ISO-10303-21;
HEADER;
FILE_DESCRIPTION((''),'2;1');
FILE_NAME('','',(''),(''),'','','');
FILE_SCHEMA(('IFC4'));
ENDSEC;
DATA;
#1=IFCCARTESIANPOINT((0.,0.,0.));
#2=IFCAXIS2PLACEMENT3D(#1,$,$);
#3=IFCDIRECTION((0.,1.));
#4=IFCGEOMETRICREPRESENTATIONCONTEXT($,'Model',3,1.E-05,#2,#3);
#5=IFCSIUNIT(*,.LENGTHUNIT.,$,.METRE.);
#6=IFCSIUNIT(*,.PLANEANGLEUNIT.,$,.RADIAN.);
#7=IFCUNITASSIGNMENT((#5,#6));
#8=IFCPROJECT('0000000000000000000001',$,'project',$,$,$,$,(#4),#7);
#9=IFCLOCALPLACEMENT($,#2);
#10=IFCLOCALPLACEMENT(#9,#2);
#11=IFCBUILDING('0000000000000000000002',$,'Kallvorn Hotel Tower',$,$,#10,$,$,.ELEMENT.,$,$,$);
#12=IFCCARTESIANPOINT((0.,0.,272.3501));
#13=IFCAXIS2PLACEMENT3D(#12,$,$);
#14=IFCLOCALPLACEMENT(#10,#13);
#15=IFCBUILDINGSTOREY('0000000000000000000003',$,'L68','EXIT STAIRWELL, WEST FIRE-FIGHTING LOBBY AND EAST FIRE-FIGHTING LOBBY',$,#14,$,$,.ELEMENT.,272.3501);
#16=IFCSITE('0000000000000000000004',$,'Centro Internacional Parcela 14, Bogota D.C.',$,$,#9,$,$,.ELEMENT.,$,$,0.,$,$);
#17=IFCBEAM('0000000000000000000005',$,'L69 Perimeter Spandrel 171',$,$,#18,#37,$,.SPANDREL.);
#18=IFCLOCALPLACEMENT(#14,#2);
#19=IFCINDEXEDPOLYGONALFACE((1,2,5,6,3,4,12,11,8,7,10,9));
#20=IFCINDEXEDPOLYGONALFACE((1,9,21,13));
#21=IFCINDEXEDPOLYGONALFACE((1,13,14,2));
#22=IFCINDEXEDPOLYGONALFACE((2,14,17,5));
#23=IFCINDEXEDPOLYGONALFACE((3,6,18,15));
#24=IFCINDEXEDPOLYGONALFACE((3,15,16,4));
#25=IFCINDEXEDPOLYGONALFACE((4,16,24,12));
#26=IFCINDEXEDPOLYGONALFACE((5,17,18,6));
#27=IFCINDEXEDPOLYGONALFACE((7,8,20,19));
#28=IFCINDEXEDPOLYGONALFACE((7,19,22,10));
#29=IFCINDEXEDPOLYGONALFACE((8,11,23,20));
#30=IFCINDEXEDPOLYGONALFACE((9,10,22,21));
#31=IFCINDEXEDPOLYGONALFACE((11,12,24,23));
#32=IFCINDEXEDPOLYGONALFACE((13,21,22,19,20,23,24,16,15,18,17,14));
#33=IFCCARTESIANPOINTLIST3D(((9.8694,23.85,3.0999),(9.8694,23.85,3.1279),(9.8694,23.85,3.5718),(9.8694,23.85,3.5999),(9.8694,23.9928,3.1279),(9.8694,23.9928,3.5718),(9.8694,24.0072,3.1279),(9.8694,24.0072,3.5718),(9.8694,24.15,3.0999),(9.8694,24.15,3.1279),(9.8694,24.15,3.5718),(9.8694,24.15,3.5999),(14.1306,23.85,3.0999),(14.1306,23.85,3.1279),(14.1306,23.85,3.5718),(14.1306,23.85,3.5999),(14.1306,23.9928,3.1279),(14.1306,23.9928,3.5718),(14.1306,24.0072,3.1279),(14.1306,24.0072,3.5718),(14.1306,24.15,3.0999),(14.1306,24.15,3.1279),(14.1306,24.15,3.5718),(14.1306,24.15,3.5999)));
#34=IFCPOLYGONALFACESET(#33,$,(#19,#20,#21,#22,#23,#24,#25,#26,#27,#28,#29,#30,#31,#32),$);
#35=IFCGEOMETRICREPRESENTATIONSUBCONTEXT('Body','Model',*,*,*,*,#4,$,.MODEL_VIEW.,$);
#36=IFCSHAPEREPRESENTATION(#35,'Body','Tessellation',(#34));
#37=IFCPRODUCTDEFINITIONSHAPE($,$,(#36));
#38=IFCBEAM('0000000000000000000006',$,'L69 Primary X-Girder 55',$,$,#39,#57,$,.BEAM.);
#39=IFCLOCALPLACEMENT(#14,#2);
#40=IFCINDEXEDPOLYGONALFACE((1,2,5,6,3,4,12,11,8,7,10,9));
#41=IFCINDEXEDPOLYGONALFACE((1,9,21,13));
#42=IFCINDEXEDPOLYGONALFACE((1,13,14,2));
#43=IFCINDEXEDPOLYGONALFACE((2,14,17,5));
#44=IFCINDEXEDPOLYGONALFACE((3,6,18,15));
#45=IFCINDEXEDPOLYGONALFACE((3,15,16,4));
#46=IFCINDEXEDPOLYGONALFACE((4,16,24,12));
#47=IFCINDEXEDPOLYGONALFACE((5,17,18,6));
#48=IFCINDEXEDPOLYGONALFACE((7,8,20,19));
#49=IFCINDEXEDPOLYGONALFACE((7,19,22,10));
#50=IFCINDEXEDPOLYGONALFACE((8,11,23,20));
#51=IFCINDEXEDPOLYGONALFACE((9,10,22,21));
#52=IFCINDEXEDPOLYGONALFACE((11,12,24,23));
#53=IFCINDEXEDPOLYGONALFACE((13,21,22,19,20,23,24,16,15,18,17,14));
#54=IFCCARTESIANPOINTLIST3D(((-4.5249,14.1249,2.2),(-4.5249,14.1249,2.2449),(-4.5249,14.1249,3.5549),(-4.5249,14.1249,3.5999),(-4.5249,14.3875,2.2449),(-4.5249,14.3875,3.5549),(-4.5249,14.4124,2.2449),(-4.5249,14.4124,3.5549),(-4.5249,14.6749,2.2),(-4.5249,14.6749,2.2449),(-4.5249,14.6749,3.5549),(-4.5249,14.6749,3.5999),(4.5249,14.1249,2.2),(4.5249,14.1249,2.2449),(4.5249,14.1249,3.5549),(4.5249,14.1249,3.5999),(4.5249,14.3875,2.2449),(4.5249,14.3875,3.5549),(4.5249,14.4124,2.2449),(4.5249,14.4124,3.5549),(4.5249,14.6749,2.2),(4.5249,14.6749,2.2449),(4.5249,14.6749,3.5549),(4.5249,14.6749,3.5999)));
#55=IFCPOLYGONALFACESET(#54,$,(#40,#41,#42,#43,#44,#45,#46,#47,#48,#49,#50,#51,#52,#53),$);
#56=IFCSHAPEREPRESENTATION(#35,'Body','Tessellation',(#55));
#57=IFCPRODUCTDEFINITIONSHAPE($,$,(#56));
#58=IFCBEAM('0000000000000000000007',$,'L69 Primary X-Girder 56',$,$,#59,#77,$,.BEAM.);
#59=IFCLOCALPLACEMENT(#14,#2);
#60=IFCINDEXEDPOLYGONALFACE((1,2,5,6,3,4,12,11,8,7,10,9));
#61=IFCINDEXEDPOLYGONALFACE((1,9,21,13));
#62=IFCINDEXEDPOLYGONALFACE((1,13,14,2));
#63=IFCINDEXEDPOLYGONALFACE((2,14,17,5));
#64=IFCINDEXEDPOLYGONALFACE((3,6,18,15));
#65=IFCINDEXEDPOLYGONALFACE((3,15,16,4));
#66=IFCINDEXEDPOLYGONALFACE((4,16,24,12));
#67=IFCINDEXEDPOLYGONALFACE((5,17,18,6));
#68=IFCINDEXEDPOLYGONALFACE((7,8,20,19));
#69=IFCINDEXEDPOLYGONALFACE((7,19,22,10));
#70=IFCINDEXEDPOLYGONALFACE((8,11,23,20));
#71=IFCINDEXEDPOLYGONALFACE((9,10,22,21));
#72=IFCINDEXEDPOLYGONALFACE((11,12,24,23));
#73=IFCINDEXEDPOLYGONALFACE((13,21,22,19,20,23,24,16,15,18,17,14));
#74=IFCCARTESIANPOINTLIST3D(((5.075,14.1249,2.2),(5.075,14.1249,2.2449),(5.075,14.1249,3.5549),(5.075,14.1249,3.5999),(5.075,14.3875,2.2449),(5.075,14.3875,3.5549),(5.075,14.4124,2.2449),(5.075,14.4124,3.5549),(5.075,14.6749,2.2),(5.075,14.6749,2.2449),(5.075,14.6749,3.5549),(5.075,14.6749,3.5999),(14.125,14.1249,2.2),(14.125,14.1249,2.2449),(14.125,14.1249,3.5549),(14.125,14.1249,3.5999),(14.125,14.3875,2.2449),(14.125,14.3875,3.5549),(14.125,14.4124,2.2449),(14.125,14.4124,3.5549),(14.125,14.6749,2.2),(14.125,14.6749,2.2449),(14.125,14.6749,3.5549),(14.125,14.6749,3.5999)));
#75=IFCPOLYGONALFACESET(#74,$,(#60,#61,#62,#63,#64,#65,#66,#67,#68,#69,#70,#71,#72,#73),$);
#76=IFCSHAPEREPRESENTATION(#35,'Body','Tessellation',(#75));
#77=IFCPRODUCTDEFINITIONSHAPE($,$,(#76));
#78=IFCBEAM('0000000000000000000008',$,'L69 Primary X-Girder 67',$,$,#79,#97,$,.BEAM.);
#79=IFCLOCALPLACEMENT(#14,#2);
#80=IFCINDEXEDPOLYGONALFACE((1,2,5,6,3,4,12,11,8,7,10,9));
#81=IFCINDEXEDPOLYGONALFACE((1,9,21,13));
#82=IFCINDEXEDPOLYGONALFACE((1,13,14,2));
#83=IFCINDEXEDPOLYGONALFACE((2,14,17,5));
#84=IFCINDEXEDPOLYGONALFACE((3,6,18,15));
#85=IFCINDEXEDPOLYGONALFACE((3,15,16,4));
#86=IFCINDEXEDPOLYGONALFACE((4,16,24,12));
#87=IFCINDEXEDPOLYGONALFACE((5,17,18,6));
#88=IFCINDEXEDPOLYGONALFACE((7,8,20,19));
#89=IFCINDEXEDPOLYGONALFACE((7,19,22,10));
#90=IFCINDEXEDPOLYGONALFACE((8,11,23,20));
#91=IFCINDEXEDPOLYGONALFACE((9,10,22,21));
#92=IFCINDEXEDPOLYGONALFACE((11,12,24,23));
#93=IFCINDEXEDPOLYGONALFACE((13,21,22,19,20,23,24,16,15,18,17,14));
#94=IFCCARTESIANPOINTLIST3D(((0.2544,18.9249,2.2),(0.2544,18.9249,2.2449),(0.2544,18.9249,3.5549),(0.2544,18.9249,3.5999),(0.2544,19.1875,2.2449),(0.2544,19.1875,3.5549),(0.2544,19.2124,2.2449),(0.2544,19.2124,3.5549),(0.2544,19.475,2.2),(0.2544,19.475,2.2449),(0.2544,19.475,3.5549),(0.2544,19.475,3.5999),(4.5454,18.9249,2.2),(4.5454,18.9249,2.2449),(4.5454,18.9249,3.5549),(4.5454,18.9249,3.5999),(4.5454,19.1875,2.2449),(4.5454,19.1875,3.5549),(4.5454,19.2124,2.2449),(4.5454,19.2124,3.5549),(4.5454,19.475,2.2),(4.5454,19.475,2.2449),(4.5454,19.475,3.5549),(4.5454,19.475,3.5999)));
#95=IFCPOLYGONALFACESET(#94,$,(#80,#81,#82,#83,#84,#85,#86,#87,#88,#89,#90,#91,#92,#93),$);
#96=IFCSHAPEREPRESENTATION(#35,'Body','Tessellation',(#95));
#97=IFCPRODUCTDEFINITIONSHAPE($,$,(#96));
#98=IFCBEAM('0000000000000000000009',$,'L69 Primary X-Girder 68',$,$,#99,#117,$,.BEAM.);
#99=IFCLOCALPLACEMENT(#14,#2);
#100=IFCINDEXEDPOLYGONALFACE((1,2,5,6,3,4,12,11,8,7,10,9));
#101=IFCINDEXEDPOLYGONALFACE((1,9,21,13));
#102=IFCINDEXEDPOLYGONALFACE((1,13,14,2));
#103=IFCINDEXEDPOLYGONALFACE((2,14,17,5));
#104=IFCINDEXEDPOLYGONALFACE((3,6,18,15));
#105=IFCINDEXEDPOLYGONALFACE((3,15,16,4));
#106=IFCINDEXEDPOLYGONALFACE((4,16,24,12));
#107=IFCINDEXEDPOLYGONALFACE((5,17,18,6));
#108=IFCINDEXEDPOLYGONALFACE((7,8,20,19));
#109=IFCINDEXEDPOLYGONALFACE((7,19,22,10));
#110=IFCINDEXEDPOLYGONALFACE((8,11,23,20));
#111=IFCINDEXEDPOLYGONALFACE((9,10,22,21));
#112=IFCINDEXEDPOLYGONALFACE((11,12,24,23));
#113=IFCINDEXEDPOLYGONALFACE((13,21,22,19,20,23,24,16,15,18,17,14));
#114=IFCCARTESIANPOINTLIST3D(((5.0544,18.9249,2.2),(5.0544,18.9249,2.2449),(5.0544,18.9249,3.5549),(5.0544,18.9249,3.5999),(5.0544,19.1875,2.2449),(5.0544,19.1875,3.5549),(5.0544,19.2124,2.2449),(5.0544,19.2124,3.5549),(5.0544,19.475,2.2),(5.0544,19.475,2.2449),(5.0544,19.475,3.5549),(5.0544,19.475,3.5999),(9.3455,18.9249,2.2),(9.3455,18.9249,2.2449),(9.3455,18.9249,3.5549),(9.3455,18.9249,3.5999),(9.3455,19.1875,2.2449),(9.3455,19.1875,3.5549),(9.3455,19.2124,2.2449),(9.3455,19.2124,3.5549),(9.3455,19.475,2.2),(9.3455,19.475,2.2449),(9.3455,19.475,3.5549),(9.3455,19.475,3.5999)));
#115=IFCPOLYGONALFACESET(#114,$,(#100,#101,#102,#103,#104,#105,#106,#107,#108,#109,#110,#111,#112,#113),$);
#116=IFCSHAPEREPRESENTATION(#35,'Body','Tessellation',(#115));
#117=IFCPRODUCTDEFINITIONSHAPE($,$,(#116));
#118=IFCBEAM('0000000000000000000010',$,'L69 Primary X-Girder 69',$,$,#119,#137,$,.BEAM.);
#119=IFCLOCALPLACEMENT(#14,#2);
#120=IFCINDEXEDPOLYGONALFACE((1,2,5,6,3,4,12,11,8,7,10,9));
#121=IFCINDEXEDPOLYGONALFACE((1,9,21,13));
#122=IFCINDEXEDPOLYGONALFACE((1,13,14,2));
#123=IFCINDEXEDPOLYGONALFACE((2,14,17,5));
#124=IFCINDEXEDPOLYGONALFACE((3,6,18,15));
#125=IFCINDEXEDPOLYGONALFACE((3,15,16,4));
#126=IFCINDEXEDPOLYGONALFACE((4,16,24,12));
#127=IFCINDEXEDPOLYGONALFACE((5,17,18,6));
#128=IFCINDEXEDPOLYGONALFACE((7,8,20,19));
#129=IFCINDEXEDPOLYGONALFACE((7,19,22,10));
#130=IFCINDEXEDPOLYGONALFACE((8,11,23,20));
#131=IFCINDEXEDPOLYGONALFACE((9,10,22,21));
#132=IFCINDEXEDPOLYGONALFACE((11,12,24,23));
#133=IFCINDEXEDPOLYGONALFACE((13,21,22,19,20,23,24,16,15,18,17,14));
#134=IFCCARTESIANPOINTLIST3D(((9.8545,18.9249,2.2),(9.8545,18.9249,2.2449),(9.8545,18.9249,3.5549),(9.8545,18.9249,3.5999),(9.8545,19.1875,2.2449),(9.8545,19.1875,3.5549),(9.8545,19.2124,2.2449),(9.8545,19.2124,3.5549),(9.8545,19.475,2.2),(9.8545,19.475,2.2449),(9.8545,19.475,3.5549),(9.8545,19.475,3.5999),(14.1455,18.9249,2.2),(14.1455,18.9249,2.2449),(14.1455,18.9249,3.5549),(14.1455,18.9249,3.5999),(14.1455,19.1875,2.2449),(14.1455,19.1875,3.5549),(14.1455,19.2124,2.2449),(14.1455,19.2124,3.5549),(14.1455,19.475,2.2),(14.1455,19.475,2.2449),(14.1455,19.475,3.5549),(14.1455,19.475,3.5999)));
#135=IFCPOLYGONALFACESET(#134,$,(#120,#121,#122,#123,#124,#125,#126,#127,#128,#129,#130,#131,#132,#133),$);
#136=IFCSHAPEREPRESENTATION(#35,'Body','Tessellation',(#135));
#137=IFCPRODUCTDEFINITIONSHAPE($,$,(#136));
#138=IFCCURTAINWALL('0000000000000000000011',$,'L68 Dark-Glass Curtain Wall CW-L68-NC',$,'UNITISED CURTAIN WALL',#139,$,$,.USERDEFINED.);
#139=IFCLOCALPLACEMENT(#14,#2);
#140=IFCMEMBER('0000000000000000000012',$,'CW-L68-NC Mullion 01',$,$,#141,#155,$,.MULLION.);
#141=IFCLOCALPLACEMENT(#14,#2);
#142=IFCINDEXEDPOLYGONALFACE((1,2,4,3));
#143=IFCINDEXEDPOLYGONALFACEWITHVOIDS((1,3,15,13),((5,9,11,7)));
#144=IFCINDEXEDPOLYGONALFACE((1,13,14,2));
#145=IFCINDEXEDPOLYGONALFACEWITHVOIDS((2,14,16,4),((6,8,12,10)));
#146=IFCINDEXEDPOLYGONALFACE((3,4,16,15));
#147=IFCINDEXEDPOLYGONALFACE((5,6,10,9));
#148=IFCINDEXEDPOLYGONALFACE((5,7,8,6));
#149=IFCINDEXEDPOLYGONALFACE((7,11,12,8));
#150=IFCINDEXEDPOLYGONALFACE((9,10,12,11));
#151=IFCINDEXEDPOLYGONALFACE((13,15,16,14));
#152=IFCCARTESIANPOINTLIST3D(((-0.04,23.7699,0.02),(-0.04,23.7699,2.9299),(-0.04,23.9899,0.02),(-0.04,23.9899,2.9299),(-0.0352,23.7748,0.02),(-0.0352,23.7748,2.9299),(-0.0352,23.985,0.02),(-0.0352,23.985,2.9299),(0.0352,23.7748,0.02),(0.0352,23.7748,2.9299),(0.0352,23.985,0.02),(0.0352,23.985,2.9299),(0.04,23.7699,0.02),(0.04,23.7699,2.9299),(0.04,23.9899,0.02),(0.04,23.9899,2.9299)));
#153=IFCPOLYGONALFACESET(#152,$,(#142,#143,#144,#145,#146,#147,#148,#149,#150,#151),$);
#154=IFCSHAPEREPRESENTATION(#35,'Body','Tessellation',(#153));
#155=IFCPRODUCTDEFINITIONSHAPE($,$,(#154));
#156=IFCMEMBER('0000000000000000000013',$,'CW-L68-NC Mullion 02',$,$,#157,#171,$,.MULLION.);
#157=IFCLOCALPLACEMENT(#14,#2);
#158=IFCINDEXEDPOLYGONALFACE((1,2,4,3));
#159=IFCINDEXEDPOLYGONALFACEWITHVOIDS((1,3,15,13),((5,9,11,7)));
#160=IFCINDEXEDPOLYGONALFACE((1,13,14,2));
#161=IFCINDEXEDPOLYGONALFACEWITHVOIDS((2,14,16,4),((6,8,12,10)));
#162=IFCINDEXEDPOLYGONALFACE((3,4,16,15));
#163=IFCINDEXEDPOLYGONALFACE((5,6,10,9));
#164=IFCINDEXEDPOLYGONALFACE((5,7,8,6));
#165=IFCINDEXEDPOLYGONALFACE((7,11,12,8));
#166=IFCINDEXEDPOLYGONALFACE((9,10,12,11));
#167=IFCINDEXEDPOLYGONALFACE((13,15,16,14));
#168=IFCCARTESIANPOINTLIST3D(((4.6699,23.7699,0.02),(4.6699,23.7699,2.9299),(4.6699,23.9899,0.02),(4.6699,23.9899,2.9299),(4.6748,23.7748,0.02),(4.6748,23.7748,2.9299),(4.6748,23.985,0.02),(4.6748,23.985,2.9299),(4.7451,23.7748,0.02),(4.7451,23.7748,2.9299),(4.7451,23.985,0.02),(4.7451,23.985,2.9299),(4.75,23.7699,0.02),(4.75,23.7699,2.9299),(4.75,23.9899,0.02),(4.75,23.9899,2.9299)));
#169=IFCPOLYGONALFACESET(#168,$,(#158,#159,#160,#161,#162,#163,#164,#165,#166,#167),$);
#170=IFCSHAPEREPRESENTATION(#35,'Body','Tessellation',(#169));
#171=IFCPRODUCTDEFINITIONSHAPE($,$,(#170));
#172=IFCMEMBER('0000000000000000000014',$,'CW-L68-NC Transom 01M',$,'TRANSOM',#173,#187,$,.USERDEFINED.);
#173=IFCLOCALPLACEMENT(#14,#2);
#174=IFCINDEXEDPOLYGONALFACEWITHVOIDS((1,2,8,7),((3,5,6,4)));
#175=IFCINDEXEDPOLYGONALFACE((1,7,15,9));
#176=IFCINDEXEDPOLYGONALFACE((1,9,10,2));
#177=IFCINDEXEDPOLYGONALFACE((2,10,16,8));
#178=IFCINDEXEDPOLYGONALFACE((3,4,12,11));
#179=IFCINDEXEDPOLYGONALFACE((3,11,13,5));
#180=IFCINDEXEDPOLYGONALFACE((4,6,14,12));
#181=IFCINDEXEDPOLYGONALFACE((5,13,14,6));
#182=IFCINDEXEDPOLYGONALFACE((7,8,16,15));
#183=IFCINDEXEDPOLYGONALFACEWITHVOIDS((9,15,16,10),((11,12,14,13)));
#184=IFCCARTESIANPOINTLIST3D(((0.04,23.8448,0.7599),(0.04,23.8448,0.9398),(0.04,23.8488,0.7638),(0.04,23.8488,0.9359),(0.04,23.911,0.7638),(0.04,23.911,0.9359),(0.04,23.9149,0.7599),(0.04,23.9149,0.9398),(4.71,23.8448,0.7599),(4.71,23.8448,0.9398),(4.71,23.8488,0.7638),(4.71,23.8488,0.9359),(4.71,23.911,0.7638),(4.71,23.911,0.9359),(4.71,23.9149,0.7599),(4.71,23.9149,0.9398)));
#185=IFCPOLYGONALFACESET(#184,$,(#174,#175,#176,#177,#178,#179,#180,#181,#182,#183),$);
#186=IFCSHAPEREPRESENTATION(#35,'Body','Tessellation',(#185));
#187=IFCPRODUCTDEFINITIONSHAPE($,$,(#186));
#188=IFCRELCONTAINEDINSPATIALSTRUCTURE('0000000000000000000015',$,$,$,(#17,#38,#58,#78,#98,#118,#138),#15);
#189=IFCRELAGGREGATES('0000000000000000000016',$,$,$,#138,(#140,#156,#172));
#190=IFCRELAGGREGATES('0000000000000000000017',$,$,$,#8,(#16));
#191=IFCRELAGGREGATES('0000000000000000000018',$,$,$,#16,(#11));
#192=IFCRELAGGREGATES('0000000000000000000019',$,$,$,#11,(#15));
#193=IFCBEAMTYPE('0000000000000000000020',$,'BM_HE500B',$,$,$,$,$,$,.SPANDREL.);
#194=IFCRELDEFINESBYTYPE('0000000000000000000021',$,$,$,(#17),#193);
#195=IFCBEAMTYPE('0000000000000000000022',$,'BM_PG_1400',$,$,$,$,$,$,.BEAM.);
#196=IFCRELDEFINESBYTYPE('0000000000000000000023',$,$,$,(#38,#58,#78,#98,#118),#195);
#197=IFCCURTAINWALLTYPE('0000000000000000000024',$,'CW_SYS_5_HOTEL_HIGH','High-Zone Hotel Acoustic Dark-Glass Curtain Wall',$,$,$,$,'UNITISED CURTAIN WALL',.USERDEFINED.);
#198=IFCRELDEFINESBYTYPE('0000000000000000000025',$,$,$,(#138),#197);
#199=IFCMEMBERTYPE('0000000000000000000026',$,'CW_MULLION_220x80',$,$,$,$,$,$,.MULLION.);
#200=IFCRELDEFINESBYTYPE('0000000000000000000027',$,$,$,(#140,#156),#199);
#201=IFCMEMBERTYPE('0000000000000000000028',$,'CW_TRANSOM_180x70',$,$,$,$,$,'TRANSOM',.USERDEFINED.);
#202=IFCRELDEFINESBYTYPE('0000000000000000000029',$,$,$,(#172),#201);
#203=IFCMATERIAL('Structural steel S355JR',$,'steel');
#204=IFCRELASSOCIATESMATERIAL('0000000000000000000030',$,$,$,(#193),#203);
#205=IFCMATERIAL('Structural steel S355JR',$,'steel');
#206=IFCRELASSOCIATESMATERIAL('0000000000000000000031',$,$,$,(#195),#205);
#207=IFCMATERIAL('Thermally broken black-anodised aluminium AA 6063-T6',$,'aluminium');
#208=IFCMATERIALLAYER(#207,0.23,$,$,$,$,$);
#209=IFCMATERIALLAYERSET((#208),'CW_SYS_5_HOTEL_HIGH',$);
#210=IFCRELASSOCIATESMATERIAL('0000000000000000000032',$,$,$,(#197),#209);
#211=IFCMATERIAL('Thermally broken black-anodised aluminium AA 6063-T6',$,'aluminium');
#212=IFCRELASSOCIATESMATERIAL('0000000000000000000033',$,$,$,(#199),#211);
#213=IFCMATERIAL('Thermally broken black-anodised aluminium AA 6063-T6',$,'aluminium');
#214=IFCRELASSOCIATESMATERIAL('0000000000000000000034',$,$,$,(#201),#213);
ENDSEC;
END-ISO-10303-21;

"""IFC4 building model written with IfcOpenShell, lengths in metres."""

from ifc_helpers import new_model, si_unit, direction, frame, origin, origin_2d, place, context, subcontext, project, spatial, hollow_rectangle, i_section, extrude, material, layer, layer_set, material_profile, profile_set, type_object, element, aggregate, save


model = new_model("IFC4")

# Units and contexts
model_context = context("Model", 3, precision=1e-05, world=origin(), true_north=direction((0.0, 1.0)))
body_context = subcontext(model_context, "Body", "Model", "MODEL_VIEW")
ifc_project = project(units=[si_unit("LENGTHUNIT", "METRE"), si_unit("PLANEANGLEUNIT", "RADIAN")], contexts=[model_context])

# Site, building, storey
site_placement = place(None, origin())
site = spatial("IfcSite", under=ifc_project, at=site_placement, Name="Centro Internacional Parcela 14, Bogota D.C.", CompositionType="ELEMENT", RefElevation=0.0)
building_placement = place(site_placement, origin())
building = spatial("IfcBuilding", under=site, at=building_placement, Name="Kallvorn Hotel Tower", CompositionType="ELEMENT")
storey_placement = place(building_placement, frame((0.0, 0.0, 272.3501)))
storey = spatial("IfcBuildingStorey", under=building, at=storey_placement, Name="L68", Description="EXIT STAIRWELL, WEST FIRE-FIGHTING LOBBY AND EAST FIRE-FIGHTING LOBBY", CompositionType="ELEMENT", Elevation=272.3501)

# Beams
ifc_material_1 = material(Name="Structural steel S355JR", Category="steel")
ifc_material_profile_1 = material_profile(ifc_material_1, i_section(OverallWidth=0.3, OverallDepth=0.5, WebThickness=0.0144, FlangeThickness=0.0281, at=origin_2d()), Name="HE 500 B")
ifc_profile_set_1 = profile_set([ifc_material_profile_1], Name="Structural steel S355JR")
beam_type_1 = type_object("IfcBeamType", Name="BM_HE500B", PredefinedType="SPANDREL", material=ifc_profile_set_1)
beam_1_placement = place(storey_placement, frame((9.8694, 24.0, 3.3499), z_axis=(1.0, 0.0, 0.0), x_axis=(0.0, 1.0, 0.0)))
element("IfcBeam", 1, at=beam_1_placement, inside=storey, type_object=beam_type_1, Name="L69 Perimeter Spandrel 171", PredefinedType="SPANDREL", context=body_context, shape_type="SweptSolid", body=[
    extrude(i_section(OverallWidth=0.3, OverallDepth=0.5, WebThickness=0.0144, FlangeThickness=0.0281, at=origin_2d()), origin(), (0.0, 0.0, 1.0), 4.2612),
])
ifc_material_2 = material(Name="Structural steel S355JR", Category="steel")
ifc_material_profile_2 = material_profile(ifc_material_2, i_section(OverallWidth=0.55, OverallDepth=1.3999, WebThickness=0.0249, FlangeThickness=0.0449, at=origin_2d()), Name="PG 1400x550x25x45")
ifc_profile_set_2 = profile_set([ifc_material_profile_2], Name="Structural steel S355JR")
beam_type_2 = type_object("IfcBeamType", Name="BM_PG_1400", PredefinedType="BEAM", material=ifc_profile_set_2)
beam_2_placement = place(storey_placement, frame((-4.5249, 14.3999, 2.8999), z_axis=(1.0, 0.0, 0.0), x_axis=(0.0, 1.0, 0.0)))
element("IfcBeam", 2, at=beam_2_placement, inside=storey, type_object=beam_type_2, Name="L69 Primary X-Girder 55", PredefinedType="BEAM", context=body_context, shape_type="SweptSolid", body=[
    extrude(i_section(OverallWidth=0.55, OverallDepth=1.3999, WebThickness=0.0249, FlangeThickness=0.0449, at=origin_2d()), origin(), (0.0, 0.0, 1.0), 9.0498),
])
beam_3_placement = place(storey_placement, frame((5.075, 14.3999, 2.8999), z_axis=(1.0, 0.0, 0.0), x_axis=(0.0, 1.0, 0.0)))
element("IfcBeam", 3, at=beam_3_placement, inside=storey, type_object=beam_type_2, Name="L69 Primary X-Girder 56", PredefinedType="BEAM", context=body_context, shape_type="SweptSolid", body=[
    extrude(i_section(OverallWidth=0.55, OverallDepth=1.3999, WebThickness=0.0249, FlangeThickness=0.0449, at=origin_2d()), origin(), (0.0, 0.0, 1.0), 9.05),
])
for number, where, z_axis, x_axis, name in (
    (4, (0.2544, 19.2, 2.8999), (1.0, 0.0, 0.0), (0.0, 1.0, 0.0), "L69 Primary X-Girder 67"),
    (5, (5.0544, 19.2, 2.8999), (1.0, 0.0, 0.0), (0.0, 1.0, 0.0), "L69 Primary X-Girder 68"),
    (6, (9.8545, 19.2, 2.8999), (1.0, 0.0, 0.0), (0.0, 1.0, 0.0), "L69 Primary X-Girder 69"),
):
    element("IfcBeam", number, at=place(storey_placement, frame(where, z_axis=z_axis, x_axis=x_axis)), inside=storey, type_object=beam_type_2, Name=name, PredefinedType="BEAM", context=body_context, shape_type="SweptSolid", body=[
        extrude(i_section(OverallWidth=0.55, OverallDepth=1.3999, WebThickness=0.0249, FlangeThickness=0.0449, at=origin_2d()), origin(), (0.0, 0.0, 1.0), 4.291),
    ])

# Curtain wall, members
ifc_material_3 = material(Name="Thermally broken black-anodised aluminium AA 6063-T6", Category="aluminium")
ifc_layer_1 = layer(ifc_material_3, 0.23)
ifc_layer_set_1 = layer_set([ifc_layer_1], Name="CW_SYS_5_HOTEL_HIGH")
curtain_wall_type = type_object("IfcCurtainWallType", Name="CW_SYS_5_HOTEL_HIGH", Description="High-Zone Hotel Acoustic Dark-Glass Curtain Wall", ElementType="UNITISED CURTAIN WALL", PredefinedType="USERDEFINED", material=ifc_layer_set_1)
curtain_wall_placement = place(storey_placement, origin())
curtain_wall = element("IfcCurtainWall", 7, at=curtain_wall_placement, inside=storey, type_object=curtain_wall_type, Name="L68 Dark-Glass Curtain Wall CW-L68-NC", ObjectType="UNITISED CURTAIN WALL", PredefinedType="USERDEFINED")
ifc_material_4 = material(Name="Thermally broken black-anodised aluminium AA 6063-T6", Category="aluminium")
ifc_material_profile_3 = material_profile(ifc_material_4, hollow_rectangle(XDim=0.0801, YDim=0.22, WallThickness=0.0049, at=origin_2d()), Name="MUL 220x80")
ifc_profile_set_3 = profile_set([ifc_material_profile_3], Name="Thermally broken black-anodised aluminium AA 6063-T6")
member_type_1 = type_object("IfcMemberType", Name="CW_MULLION_220x80", PredefinedType="MULLION", material=ifc_profile_set_3)
member_1_placement = place(storey_placement, frame((0.0, 23.8799, 0.02), z_axis=(0.0, 0.0, 1.0), x_axis=(1.0, 0.0, 0.0)))
member_1 = element("IfcMember", 8, at=member_1_placement, type_object=member_type_1, Name="CW-L68-NC Mullion 01", PredefinedType="MULLION", context=body_context, shape_type="SweptSolid", body=[
    extrude(hollow_rectangle(XDim=0.0801, YDim=0.22, WallThickness=0.0049, at=origin_2d()), origin(), (0.0, 0.0, 1.0), 2.9099),
])
member_2_placement = place(storey_placement, frame((4.71, 23.8799, 0.02), z_axis=(0.0, 0.0, 1.0), x_axis=(1.0, 0.0, 0.0)))
member_2 = element("IfcMember", 9, at=member_2_placement, type_object=member_type_1, Name="CW-L68-NC Mullion 02", PredefinedType="MULLION", context=body_context, shape_type="SweptSolid", body=[
    extrude(hollow_rectangle(XDim=0.0801, YDim=0.22, WallThickness=0.0049, at=origin_2d()), origin(), (0.0, 0.0, 1.0), 2.9099),
])
ifc_material_5 = material(Name="Thermally broken black-anodised aluminium AA 6063-T6", Category="aluminium")
ifc_material_profile_4 = material_profile(ifc_material_5, hollow_rectangle(XDim=0.0701, YDim=0.1799, WallThickness=0.0039, at=origin_2d()), Name="TRN 180x70")
ifc_profile_set_4 = profile_set([ifc_material_profile_4], Name="Thermally broken black-anodised aluminium AA 6063-T6")
member_type_2 = type_object("IfcMemberType", Name="CW_TRANSOM_180x70", ElementType="TRANSOM", PredefinedType="USERDEFINED", material=ifc_profile_set_4)
member_3_placement = place(storey_placement, frame((0.04, 23.8799, 0.8499), z_axis=(1.0, 0.0, 0.0), x_axis=(0.0, 1.0, 0.0)))
member_3 = element("IfcMember", 10, at=member_3_placement, type_object=member_type_2, Name="CW-L68-NC Transom 01M", ObjectType="TRANSOM", PredefinedType="USERDEFINED", context=body_context, shape_type="SweptSolid", body=[
    extrude(hollow_rectangle(XDim=0.0701, YDim=0.1799, WallThickness=0.0039, at=origin_2d()), origin(), (0.0, 0.0, 1.0), 4.6699),
])
aggregate(curtain_wall, [member_1, member_2, member_3])

save(model, "model.ifc")
